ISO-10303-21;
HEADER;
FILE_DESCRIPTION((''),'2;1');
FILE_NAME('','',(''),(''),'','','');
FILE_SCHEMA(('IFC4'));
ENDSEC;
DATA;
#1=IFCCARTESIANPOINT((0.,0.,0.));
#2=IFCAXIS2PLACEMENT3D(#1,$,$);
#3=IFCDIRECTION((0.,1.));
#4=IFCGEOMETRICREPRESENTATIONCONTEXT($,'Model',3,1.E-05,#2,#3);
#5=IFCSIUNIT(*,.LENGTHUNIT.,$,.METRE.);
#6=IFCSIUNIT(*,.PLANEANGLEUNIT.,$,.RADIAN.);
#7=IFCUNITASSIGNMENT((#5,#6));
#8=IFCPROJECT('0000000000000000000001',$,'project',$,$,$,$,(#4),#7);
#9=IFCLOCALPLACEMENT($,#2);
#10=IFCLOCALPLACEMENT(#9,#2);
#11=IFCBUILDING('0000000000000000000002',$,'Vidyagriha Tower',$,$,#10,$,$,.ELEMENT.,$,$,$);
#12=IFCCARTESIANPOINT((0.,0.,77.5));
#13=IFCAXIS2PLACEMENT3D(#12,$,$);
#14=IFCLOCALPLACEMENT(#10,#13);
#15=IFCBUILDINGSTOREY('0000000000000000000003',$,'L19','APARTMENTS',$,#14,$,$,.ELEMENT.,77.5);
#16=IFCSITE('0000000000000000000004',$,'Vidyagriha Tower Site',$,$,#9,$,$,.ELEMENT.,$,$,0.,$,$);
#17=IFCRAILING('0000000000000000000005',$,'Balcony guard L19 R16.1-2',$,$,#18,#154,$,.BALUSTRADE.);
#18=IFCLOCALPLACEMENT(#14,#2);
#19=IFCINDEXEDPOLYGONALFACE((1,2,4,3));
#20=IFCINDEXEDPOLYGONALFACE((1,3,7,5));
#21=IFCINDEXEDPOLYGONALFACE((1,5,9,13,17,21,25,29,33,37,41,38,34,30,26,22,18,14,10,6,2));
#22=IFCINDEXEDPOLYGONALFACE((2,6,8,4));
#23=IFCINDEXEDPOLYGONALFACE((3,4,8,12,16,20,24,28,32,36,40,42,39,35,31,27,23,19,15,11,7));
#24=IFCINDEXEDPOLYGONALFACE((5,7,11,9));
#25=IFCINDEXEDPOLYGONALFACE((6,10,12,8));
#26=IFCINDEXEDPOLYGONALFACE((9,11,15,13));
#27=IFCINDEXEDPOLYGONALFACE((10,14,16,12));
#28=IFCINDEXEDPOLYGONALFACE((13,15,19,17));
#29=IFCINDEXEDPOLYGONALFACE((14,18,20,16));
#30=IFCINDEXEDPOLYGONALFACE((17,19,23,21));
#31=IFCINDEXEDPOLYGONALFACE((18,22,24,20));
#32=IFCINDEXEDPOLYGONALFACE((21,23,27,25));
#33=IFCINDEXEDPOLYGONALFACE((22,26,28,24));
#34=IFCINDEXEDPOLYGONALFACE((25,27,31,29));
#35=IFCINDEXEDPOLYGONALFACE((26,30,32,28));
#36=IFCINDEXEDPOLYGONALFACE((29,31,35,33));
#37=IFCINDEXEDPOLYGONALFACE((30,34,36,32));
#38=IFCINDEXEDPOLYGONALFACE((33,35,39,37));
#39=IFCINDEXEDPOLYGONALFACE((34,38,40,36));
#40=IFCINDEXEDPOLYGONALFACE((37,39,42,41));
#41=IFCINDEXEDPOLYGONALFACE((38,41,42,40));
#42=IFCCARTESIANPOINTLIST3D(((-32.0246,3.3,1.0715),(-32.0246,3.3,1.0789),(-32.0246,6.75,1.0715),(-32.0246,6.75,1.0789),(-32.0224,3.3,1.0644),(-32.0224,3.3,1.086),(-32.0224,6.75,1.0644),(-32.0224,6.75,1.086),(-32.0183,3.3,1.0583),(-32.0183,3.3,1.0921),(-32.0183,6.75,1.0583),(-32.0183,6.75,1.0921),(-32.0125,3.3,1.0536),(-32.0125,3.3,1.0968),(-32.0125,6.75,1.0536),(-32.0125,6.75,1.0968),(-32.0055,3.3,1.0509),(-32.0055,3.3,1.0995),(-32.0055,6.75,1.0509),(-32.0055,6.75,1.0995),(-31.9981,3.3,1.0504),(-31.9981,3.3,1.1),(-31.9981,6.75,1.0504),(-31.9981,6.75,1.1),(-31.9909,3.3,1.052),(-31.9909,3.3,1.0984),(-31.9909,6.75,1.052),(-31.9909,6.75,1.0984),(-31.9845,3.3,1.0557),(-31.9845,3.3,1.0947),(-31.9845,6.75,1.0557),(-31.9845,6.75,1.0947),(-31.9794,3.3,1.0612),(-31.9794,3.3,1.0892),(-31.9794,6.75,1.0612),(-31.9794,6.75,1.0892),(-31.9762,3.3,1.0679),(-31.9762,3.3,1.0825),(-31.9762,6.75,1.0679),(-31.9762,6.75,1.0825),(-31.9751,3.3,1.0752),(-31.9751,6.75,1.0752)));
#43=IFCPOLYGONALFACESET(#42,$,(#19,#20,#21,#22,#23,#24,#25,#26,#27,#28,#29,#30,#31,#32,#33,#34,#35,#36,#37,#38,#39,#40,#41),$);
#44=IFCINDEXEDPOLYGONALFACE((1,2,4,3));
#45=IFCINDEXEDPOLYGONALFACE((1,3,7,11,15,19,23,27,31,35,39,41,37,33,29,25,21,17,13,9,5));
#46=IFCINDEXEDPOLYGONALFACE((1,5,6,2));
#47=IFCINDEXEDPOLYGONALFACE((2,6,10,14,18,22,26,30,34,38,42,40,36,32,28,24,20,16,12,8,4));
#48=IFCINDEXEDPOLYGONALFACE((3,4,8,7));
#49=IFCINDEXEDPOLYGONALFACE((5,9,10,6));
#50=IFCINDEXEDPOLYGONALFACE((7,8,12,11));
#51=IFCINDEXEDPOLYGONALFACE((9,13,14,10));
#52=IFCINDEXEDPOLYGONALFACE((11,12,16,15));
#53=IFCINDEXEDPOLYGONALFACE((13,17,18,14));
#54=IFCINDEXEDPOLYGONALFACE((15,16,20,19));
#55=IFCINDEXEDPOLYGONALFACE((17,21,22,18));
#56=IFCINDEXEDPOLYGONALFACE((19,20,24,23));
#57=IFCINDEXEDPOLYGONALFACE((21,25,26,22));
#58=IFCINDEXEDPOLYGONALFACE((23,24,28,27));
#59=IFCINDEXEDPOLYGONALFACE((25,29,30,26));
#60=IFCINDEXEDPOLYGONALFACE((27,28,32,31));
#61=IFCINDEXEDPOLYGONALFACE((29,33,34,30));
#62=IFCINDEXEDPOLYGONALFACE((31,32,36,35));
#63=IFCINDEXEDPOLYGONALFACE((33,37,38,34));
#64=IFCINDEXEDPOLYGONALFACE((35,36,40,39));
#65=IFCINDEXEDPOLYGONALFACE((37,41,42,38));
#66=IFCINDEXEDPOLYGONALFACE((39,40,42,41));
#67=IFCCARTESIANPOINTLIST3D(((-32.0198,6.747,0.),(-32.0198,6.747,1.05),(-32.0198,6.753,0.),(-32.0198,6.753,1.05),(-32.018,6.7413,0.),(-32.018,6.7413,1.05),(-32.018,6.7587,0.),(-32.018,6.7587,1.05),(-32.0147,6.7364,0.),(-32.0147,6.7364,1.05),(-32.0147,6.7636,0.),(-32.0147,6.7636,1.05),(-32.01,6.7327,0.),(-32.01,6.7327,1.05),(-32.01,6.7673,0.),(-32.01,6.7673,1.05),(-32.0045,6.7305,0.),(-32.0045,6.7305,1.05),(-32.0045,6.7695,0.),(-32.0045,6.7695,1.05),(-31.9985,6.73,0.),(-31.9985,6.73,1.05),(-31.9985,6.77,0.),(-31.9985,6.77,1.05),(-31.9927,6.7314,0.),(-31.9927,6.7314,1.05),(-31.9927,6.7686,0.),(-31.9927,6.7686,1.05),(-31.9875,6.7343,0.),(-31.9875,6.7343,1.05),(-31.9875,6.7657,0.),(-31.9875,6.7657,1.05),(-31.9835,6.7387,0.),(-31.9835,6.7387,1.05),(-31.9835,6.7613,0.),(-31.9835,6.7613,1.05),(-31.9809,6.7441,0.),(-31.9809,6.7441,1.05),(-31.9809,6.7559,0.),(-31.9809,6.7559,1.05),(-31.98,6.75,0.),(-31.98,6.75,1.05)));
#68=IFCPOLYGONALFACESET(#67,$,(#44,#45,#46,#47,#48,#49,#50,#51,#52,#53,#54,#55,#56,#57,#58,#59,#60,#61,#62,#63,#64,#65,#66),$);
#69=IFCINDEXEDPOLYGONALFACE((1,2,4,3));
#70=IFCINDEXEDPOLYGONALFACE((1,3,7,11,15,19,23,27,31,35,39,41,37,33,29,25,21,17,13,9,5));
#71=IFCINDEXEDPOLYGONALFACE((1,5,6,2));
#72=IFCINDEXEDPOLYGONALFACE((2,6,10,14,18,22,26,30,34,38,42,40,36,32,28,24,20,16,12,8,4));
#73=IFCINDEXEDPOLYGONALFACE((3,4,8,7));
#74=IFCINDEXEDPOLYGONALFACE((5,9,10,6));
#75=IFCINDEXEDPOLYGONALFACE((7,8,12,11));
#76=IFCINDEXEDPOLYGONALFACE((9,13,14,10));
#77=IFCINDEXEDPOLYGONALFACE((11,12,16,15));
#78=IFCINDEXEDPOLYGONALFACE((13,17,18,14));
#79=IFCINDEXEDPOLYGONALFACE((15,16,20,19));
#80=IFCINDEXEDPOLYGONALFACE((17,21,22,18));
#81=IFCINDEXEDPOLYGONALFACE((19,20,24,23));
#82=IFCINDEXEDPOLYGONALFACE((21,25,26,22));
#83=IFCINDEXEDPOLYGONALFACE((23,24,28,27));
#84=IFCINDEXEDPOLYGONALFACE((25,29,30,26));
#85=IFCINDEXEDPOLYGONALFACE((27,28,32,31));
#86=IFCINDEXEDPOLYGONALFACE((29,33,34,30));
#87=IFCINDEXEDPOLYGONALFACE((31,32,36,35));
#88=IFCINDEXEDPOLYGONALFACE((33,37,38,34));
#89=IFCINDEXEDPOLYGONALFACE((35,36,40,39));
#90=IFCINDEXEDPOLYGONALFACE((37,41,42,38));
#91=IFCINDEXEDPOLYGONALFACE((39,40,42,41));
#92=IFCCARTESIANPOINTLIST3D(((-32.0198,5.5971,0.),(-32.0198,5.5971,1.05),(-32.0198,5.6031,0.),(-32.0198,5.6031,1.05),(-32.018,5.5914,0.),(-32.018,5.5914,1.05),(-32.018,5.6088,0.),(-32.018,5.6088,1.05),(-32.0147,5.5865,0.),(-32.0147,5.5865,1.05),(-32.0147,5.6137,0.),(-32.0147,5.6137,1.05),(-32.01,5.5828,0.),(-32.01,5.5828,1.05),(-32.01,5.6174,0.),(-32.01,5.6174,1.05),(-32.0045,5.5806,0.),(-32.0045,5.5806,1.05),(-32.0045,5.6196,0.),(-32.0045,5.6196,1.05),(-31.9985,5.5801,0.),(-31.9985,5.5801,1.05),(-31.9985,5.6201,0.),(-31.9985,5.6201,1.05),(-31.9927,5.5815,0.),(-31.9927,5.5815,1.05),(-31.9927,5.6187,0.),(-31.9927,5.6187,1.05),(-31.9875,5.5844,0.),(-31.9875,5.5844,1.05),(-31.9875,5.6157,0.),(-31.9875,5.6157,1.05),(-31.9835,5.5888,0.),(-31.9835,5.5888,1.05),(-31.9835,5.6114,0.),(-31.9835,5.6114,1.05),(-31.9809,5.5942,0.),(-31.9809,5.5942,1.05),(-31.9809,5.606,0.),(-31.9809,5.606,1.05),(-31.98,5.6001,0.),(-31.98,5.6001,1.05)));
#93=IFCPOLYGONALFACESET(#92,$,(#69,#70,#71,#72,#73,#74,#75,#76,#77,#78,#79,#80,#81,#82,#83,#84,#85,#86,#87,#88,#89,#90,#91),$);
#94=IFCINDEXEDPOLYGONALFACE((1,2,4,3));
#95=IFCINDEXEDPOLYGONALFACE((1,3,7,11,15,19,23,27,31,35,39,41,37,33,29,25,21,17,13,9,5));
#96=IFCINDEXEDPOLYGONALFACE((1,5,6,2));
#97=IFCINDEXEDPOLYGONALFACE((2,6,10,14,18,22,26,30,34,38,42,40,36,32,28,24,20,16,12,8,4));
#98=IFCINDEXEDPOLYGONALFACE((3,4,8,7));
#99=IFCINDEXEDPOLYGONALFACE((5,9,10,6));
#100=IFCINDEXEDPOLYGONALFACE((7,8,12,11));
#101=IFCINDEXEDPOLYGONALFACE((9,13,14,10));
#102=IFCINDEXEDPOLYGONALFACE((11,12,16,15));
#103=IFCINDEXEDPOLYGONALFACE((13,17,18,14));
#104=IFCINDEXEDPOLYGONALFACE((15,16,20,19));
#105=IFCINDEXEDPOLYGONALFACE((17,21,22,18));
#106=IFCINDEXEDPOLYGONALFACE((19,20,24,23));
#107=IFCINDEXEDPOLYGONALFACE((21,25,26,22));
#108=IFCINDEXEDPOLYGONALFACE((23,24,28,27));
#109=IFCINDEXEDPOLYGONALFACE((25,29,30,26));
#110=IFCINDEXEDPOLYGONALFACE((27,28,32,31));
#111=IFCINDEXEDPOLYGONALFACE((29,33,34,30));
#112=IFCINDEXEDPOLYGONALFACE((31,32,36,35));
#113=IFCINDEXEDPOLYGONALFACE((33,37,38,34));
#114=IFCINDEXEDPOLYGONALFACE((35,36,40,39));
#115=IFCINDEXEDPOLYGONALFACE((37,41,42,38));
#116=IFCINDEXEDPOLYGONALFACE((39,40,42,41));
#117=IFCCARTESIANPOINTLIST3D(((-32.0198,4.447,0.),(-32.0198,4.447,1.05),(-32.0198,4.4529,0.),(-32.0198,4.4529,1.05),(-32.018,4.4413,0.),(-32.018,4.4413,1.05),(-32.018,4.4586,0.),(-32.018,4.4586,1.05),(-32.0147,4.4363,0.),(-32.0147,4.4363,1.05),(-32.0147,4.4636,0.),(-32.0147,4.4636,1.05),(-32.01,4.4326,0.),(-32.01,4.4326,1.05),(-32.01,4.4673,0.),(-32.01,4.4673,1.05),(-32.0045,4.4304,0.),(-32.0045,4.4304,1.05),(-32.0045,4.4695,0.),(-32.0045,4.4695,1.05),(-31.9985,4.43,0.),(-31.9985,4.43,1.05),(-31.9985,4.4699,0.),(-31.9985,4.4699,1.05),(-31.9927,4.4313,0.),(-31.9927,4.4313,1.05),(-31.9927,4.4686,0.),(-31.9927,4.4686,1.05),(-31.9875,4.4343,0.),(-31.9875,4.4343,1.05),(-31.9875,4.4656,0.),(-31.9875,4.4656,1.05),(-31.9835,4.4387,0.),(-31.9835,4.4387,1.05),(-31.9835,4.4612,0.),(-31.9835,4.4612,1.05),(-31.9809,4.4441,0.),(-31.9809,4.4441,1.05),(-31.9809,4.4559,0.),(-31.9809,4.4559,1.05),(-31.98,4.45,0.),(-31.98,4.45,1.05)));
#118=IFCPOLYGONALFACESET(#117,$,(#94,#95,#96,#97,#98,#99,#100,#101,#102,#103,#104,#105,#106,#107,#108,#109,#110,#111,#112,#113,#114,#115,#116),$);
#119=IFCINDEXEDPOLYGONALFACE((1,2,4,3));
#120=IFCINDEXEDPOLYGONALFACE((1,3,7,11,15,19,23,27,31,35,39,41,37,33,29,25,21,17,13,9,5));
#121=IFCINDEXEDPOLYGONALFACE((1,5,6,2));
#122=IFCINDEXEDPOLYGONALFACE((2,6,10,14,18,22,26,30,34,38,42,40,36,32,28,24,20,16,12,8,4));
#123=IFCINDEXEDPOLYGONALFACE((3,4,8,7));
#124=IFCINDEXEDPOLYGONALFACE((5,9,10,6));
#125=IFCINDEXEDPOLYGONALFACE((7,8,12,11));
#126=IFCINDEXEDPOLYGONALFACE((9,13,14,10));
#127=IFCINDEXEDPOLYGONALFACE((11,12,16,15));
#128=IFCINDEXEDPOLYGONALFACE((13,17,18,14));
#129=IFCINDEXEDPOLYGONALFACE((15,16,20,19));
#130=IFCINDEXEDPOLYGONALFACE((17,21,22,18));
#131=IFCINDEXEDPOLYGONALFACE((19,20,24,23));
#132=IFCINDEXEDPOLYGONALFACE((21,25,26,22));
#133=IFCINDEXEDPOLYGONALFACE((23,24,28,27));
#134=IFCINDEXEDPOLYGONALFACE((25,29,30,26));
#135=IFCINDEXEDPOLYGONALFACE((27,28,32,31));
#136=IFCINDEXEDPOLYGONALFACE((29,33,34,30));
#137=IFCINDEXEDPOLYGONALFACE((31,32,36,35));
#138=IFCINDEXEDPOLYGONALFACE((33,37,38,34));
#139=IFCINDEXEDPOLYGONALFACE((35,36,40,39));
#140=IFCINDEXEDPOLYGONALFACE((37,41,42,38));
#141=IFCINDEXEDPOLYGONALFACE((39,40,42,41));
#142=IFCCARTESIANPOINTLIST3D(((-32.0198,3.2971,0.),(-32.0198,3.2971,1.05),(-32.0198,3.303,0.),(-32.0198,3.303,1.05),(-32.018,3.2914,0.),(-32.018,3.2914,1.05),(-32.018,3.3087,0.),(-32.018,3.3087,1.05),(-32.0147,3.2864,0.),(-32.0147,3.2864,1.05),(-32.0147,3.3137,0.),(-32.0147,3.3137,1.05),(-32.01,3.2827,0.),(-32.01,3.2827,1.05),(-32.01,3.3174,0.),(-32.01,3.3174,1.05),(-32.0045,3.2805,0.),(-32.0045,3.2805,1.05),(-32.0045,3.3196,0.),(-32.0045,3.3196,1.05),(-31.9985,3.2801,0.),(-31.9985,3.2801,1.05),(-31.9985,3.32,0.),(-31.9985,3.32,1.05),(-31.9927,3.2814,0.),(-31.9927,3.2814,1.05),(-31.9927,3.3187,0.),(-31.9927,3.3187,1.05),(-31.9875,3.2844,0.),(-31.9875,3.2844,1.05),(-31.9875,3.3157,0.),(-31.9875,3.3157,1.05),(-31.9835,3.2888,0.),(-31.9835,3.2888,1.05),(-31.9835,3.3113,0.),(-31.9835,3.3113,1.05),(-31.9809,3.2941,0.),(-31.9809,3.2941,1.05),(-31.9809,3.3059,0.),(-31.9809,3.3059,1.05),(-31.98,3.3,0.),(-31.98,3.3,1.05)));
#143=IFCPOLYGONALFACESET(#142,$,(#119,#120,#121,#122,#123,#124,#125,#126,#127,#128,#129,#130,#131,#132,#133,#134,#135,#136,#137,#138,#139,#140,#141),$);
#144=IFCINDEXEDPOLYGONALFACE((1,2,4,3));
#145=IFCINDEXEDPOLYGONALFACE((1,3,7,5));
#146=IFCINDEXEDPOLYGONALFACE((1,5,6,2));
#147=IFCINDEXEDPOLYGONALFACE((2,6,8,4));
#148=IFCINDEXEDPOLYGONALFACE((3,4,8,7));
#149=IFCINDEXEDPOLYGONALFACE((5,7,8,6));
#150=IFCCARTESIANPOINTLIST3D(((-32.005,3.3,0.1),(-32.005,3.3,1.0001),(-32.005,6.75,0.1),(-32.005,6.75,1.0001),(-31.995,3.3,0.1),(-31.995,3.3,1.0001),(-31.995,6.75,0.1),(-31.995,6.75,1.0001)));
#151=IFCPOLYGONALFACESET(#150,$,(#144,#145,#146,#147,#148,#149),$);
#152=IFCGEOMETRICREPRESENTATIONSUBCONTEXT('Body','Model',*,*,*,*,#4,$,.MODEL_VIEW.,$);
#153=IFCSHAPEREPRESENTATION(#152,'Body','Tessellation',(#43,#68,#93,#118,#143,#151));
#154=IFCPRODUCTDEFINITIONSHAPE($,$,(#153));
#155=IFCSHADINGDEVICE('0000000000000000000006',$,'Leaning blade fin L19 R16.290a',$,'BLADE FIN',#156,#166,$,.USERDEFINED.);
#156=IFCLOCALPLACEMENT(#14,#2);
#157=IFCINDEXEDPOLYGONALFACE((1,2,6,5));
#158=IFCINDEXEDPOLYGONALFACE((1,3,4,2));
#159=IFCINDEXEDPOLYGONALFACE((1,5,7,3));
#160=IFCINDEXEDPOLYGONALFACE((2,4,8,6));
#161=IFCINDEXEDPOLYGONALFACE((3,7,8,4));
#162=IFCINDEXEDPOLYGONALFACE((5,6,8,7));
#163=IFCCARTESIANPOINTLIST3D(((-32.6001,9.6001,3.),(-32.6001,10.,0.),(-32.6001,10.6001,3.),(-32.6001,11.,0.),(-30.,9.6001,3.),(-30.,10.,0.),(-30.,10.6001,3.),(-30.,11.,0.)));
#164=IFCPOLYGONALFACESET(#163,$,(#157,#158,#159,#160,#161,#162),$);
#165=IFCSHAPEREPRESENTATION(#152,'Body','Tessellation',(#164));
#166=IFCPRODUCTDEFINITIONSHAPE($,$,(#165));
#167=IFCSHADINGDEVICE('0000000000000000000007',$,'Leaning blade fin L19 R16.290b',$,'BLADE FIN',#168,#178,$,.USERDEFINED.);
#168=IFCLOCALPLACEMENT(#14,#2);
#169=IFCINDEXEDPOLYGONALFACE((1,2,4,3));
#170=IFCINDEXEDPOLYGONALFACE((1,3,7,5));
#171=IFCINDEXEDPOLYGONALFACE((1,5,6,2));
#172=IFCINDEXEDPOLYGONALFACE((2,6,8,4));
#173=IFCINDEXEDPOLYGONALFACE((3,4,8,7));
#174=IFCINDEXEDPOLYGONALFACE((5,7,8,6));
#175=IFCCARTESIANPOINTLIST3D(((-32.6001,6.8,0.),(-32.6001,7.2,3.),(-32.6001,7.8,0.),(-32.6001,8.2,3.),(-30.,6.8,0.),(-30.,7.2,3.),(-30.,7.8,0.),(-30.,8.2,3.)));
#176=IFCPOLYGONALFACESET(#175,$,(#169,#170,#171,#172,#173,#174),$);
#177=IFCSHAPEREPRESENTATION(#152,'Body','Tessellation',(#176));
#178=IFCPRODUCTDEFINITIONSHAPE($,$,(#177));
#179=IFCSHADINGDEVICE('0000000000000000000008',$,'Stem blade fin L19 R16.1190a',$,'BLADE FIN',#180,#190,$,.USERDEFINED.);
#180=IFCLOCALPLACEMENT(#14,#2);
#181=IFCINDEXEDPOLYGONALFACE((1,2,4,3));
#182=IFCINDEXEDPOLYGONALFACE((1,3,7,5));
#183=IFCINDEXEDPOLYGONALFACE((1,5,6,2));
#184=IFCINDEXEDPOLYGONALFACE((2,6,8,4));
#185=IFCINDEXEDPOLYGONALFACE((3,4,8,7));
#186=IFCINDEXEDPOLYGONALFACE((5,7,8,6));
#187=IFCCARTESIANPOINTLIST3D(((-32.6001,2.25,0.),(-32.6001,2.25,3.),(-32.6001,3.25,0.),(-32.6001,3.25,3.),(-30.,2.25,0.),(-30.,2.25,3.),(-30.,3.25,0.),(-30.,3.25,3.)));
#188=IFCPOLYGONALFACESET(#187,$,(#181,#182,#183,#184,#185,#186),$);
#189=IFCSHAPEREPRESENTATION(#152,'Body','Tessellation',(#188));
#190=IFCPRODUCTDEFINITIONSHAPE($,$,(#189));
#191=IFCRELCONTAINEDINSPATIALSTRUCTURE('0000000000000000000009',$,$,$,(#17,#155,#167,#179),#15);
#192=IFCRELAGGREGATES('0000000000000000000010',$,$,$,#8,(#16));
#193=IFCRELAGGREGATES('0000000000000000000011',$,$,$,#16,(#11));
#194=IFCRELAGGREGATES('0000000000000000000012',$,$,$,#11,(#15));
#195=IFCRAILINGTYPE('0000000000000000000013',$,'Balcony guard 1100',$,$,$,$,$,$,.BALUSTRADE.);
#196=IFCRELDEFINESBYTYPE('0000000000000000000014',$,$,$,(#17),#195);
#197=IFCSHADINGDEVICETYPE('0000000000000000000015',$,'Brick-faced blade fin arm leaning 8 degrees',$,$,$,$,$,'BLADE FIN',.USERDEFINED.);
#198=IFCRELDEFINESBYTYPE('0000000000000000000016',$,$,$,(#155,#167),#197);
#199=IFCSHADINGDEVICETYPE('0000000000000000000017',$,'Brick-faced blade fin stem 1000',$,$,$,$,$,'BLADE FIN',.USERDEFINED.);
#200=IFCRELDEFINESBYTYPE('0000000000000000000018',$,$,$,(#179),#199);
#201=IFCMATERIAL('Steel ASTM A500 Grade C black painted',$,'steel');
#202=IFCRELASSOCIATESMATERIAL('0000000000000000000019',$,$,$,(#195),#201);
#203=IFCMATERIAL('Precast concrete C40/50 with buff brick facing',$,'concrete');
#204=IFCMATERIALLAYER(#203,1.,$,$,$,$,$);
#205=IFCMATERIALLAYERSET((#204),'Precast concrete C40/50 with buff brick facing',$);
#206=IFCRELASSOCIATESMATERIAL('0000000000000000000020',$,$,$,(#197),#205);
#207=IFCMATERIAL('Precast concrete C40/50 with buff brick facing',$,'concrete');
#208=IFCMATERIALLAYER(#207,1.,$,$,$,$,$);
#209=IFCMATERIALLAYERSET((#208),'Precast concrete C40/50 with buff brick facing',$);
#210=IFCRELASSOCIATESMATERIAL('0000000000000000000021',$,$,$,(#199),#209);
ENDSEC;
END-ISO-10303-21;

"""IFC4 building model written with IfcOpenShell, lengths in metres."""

from ifc_helpers import new_model, si_unit, direction, frame, origin, origin_2d, place, context, subcontext, project, spatial, polyline, rectangle, circle, outline, extrude, material, layer, layer_set, type_object, element, save


model = new_model("IFC4")

# Units and contexts
model_context = context("Model", 3, precision=1e-05, world=origin(), true_north=direction((0.0, 1.0)))
body_context = subcontext(model_context, "Body", "Model", "MODEL_VIEW")
ifc_project = project(units=[si_unit("LENGTHUNIT", "METRE"), si_unit("PLANEANGLEUNIT", "RADIAN")], contexts=[model_context])

# Site, building, storey
site_placement = place(None, origin())
site = spatial("IfcSite", under=ifc_project, at=site_placement, Name="Vidyagriha Tower Site", CompositionType="ELEMENT", RefElevation=0.0)
building_placement = place(site_placement, origin())
building = spatial("IfcBuilding", under=site, at=building_placement, Name="Vidyagriha Tower", CompositionType="ELEMENT")
storey_placement = place(building_placement, frame((0.0, 0.0, 77.5)))
storey = spatial("IfcBuildingStorey", under=building, at=storey_placement, Name="L19", Description="APARTMENTS", CompositionType="ELEMENT", Elevation=77.5)

# Railing
ifc_material_1 = material(Name="Steel ASTM A500 Grade C black painted", Category="steel")
railing_type_1 = type_object("IfcRailingType", Name="Balcony guard 1100", PredefinedType="BALUSTRADE", material=ifc_material_1)
railing_1_placement = place(storey_placement, frame((-32.0, 6.75, 0.0)))
element("IfcRailing", 1, at=railing_1_placement, inside=storey, type_object=railing_type_1, Name="Balcony guard L19 R16.1-2", PredefinedType="BALUSTRADE", context=body_context, shape_type="SweptSolid", body=[
    extrude(circle(Radius=0.0249, at=origin_2d()), frame((0.0, 0.0, 1.0752), z_axis=(0.0, -1.0, 0.0), x_axis=(1.0, 0.0, 0.0)), (0.0, 0.0, 1.0), 3.45),
    extrude(circle(Radius=0.02, at=origin_2d()), origin(), (0.0, 0.0, 1.0), 1.05),
    extrude(circle(Radius=0.02, at=origin_2d()), frame((0.0, -1.1499, 0.0)), (0.0, 0.0, 1.0), 1.05),
    extrude(circle(Radius=0.02, at=origin_2d()), frame((0.0, -2.3, 0.0)), (0.0, 0.0, 1.0), 1.05),
    extrude(circle(Radius=0.02, at=origin_2d()), frame((0.0, -3.45, 0.0)), (0.0, 0.0, 1.0), 1.05),
    extrude(rectangle(XDim=0.01, YDim=0.9001, at=origin_2d()), frame((0.0, 0.0, 0.55), z_axis=(0.0, -1.0, 0.0), x_axis=(1.0, 0.0, 0.0)), (0.0, 0.0, 1.0), 3.45),
])

# Shading devices
ifc_material_2 = material(Name="Precast concrete C40/50 with buff brick facing", Category="concrete")
ifc_layer_1 = layer(ifc_material_2, 1.0)
ifc_layer_set_1 = layer_set([ifc_layer_1], Name="Precast concrete C40/50 with buff brick facing")
shading_device_type_1 = type_object("IfcShadingDeviceType", Name="Brick-faced blade fin arm leaning 8 degrees", ElementType="BLADE FIN", PredefinedType="USERDEFINED", material=ifc_layer_set_1)
shading_device_1_placement = place(storey_placement, frame((-31.3, 11.0, 0.0), z_axis=(0.0, 0.0, 1.0), x_axis=(0.0, -1.0, 0.0)))
element("IfcShadingDevice", 2, at=shading_device_1_placement, inside=storey, type_object=shading_device_type_1, Name="Leaning blade fin L19 R16.290a", ObjectType="BLADE FIN", PredefinedType="USERDEFINED", context=body_context, shape_type="SweptSolid", body=[
    extrude(outline(polyline([(0.0, 0.0), (1.0, 0.0), (1.3999, 3.0), (0.3999, 3.0), (0.0, 0.0)])), frame((0.0, 1.3, 0.0), z_axis=(0.0, -1.0, 0.0), x_axis=(1.0, 0.0, 0.0)), (0.0, 0.0, 1.0), 2.6001),
])
shading_device_2_placement = place(storey_placement, frame((-31.3, 8.2, 0.0), z_axis=(0.0, 0.0, 1.0), x_axis=(0.0, -1.0, 0.0)))
element("IfcShadingDevice", 3, at=shading_device_2_placement, inside=storey, type_object=shading_device_type_1, Name="Leaning blade fin L19 R16.290b", ObjectType="BLADE FIN", PredefinedType="USERDEFINED", context=body_context, shape_type="SweptSolid", body=[
    extrude(outline(polyline([(0.3999, 0.0), (1.3999, 0.0), (1.0, 3.0), (0.0, 3.0), (0.3999, 0.0)])), frame((0.0, 1.3, 0.0), z_axis=(0.0, -1.0, 0.0), x_axis=(1.0, 0.0, 0.0)), (0.0, 0.0, 1.0), 2.6001),
])
ifc_material_3 = material(Name="Precast concrete C40/50 with buff brick facing", Category="concrete")
ifc_layer_2 = layer(ifc_material_3, 1.0)
ifc_layer_set_2 = layer_set([ifc_layer_2], Name="Precast concrete C40/50 with buff brick facing")
shading_device_type_2 = type_object("IfcShadingDeviceType", Name="Brick-faced blade fin stem 1000", ElementType="BLADE FIN", PredefinedType="USERDEFINED", material=ifc_layer_set_2)
shading_device_3_placement = place(storey_placement, frame((-31.3, 3.25, 0.0), z_axis=(0.0, 0.0, 1.0), x_axis=(0.0, -1.0, 0.0)))
element("IfcShadingDevice", 4, at=shading_device_3_placement, inside=storey, type_object=shading_device_type_2, Name="Stem blade fin L19 R16.1190a", ObjectType="BLADE FIN", PredefinedType="USERDEFINED", context=body_context, shape_type="SweptSolid", body=[
    extrude(outline(polyline([(0.0, 0.0), (1.0, 0.0), (1.0, 3.0), (0.0, 3.0), (0.0, 0.0)])), frame((0.0, 1.3, 0.0), z_axis=(0.0, -1.0, 0.0), x_axis=(1.0, 0.0, 0.0)), (0.0, 0.0, 1.0), 2.6001),
])

save(model, "model.ifc")
